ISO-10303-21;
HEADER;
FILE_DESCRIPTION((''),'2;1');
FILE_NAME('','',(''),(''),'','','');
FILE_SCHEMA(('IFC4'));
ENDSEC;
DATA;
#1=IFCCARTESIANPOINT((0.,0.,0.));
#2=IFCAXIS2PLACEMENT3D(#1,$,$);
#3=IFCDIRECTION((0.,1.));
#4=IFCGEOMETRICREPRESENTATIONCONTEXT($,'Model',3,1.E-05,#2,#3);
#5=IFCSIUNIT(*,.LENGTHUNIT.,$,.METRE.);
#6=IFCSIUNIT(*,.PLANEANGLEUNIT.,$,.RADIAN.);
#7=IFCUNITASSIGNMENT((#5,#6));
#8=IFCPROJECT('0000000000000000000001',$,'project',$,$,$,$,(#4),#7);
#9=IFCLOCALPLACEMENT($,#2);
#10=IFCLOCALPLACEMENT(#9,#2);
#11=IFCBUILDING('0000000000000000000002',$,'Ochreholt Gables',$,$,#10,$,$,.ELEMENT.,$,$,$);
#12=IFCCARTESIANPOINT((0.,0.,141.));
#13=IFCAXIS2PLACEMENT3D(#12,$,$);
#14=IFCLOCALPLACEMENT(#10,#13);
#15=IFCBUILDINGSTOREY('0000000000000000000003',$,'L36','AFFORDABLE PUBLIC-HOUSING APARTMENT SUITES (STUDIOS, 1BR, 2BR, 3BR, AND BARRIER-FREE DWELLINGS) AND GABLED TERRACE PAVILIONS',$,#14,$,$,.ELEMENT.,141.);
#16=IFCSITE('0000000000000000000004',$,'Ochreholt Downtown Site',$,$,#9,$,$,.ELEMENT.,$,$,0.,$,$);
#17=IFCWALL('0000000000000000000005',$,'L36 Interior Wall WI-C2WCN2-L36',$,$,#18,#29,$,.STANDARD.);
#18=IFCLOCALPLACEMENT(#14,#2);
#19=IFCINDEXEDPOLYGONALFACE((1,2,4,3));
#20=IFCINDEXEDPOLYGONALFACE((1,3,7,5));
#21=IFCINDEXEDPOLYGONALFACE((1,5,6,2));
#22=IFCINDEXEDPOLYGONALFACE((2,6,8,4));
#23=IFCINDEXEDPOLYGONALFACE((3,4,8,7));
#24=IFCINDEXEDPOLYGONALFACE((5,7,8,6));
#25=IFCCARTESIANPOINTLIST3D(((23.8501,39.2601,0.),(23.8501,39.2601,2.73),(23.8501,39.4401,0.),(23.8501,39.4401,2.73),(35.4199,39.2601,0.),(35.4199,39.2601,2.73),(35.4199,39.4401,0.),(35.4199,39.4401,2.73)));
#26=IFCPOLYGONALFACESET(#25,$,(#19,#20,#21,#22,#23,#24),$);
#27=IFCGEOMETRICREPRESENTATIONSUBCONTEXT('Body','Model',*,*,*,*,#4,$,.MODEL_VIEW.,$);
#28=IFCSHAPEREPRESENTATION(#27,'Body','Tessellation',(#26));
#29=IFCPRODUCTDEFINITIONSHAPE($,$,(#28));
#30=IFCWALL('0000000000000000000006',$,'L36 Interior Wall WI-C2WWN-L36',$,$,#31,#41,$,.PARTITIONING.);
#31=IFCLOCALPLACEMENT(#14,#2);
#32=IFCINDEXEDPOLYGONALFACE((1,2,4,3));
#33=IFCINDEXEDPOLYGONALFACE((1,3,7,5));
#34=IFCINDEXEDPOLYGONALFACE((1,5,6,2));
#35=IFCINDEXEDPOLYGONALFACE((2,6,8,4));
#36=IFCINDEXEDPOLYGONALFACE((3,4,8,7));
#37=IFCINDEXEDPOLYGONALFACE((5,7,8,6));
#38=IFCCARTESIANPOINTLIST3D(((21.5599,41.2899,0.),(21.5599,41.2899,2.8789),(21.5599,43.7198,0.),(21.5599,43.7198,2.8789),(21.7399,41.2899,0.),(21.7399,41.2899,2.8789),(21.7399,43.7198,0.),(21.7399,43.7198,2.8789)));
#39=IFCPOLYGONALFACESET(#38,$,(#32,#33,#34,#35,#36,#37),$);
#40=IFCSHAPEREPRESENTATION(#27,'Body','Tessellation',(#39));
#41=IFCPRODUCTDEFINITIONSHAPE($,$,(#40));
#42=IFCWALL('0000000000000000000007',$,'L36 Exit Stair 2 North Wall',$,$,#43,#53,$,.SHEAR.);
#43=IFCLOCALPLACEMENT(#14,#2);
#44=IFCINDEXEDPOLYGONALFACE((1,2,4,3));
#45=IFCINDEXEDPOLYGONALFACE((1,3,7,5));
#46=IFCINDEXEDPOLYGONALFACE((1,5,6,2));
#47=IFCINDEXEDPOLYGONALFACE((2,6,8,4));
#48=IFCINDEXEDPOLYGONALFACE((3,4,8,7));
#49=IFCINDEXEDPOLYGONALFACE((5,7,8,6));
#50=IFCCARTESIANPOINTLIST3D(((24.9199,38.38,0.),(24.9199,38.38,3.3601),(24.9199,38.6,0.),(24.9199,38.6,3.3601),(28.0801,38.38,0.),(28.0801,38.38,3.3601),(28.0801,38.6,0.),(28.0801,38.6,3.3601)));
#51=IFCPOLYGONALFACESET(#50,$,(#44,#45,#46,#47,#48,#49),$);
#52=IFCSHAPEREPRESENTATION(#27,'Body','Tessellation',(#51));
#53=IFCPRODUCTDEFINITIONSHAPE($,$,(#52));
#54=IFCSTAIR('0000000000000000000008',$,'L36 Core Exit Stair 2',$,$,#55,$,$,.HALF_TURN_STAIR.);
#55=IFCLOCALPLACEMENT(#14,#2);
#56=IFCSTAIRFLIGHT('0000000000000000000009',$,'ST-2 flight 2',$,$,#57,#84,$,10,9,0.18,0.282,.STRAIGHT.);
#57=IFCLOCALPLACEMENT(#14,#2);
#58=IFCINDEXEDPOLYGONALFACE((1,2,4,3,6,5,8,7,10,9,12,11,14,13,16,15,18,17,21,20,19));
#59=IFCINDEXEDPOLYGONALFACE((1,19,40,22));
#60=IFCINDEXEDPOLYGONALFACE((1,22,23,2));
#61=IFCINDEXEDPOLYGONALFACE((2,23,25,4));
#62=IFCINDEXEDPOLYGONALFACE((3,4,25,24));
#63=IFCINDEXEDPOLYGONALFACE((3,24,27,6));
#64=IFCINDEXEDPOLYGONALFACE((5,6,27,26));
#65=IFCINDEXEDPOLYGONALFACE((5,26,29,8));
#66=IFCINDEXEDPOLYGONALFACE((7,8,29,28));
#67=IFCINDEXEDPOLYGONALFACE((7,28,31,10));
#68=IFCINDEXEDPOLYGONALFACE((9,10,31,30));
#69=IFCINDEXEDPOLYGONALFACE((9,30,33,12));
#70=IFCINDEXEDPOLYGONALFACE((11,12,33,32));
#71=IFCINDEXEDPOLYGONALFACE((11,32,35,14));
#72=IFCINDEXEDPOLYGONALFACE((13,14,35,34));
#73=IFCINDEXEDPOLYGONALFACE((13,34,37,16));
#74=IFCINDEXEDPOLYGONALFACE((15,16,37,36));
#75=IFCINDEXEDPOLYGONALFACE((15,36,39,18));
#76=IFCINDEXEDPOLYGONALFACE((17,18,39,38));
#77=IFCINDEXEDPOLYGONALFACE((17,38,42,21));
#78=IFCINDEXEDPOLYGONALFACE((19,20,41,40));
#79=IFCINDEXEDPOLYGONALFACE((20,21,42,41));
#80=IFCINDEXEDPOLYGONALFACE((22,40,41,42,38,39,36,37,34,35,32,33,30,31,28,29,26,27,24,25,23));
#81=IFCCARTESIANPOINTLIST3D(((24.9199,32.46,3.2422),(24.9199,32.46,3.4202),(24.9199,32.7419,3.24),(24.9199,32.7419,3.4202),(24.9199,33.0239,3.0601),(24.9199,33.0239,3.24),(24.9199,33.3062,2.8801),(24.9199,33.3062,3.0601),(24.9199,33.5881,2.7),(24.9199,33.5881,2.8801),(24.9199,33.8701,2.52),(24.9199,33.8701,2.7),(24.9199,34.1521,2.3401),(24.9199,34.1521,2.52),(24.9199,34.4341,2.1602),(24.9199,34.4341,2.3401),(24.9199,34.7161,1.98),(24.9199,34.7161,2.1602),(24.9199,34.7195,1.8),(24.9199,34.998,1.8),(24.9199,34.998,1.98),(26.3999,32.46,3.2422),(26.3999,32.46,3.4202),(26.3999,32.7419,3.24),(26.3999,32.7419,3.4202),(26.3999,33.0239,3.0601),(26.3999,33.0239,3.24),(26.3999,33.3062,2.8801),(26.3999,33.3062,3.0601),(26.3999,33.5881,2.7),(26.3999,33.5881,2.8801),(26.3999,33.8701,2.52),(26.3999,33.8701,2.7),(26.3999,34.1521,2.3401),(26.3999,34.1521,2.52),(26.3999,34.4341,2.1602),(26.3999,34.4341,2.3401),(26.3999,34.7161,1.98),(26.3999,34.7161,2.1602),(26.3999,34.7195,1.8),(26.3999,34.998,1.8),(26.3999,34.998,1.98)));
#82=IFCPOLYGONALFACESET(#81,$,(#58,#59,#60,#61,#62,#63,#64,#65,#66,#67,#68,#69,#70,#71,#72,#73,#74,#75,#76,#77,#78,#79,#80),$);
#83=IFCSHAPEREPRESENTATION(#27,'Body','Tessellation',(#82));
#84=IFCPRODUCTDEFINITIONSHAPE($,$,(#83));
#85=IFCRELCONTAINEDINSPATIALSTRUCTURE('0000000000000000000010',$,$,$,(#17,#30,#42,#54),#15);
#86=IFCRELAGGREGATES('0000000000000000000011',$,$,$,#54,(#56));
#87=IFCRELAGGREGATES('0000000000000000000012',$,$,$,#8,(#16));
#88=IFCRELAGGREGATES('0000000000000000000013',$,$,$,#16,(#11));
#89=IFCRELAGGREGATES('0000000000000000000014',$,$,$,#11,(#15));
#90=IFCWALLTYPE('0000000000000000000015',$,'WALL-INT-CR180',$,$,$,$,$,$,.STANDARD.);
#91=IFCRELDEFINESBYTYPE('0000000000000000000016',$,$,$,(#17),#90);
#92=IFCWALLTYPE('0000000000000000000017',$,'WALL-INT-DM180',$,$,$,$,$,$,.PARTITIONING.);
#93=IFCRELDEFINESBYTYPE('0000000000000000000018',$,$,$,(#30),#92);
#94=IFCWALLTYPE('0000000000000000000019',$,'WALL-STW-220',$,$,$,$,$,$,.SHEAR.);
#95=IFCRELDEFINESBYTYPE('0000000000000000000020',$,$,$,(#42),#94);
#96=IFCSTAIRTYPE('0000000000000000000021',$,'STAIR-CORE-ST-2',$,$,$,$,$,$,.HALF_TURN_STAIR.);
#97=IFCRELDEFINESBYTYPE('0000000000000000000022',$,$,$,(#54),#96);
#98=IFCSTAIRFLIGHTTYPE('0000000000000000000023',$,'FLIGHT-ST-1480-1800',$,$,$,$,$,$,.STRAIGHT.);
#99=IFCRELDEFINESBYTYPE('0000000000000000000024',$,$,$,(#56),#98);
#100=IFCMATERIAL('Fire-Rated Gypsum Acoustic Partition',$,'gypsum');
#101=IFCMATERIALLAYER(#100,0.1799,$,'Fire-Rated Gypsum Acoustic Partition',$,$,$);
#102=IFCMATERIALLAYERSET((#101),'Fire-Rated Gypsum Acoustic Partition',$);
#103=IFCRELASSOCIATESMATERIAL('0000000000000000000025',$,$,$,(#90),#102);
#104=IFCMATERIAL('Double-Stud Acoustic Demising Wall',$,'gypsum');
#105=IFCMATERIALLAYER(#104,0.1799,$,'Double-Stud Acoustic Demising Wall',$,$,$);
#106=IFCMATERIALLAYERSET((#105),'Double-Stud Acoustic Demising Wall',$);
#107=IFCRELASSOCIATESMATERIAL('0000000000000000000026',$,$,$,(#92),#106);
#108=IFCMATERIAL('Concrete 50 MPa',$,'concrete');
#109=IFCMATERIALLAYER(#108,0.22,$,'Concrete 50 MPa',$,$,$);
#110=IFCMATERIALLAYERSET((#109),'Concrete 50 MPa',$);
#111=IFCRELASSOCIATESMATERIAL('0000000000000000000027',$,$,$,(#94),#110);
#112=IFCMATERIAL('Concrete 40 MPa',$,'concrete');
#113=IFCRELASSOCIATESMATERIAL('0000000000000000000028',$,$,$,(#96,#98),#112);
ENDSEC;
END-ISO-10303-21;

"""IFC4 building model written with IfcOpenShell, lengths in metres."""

from ifc_helpers import new_model, si_unit, direction, frame, frame_2d, origin, place, context, subcontext, project, spatial, polyline, rectangle, outline, extrude, material, layer, layer_set, type_object, element, aggregate, save


model = new_model("IFC4")

# Units and contexts
model_context = context("Model", 3, precision=1e-05, world=origin(), true_north=direction((0.0, 1.0)))
body_context = subcontext(model_context, "Body", "Model", "MODEL_VIEW")
ifc_project = project(units=[si_unit("LENGTHUNIT", "METRE"), si_unit("PLANEANGLEUNIT", "RADIAN")], contexts=[model_context])

# Site, building, storey
site_placement = place(None, origin())
site = spatial("IfcSite", under=ifc_project, at=site_placement, Name="Ochreholt Downtown Site", CompositionType="ELEMENT", RefElevation=0.0)
building_placement = place(site_placement, origin())
building = spatial("IfcBuilding", under=site, at=building_placement, Name="Ochreholt Gables", CompositionType="ELEMENT")
storey_placement = place(building_placement, frame((0.0, 0.0, 141.0)))
storey = spatial("IfcBuildingStorey", under=building, at=storey_placement, Name="L36", Description="AFFORDABLE PUBLIC-HOUSING APARTMENT SUITES (STUDIOS, 1BR, 2BR, 3BR, AND BARRIER-FREE DWELLINGS) AND GABLED TERRACE PAVILIONS", CompositionType="ELEMENT", Elevation=141.0)

# Shared definitions
ifc_material_1 = material(Name="Concrete 50 MPa", Category="concrete")

# Shared definitions
ifc_material_2 = material(Name="Fire-Rated Gypsum Acoustic Partition", Category="gypsum")
ifc_layer_1 = layer(ifc_material_2, 0.1799, Name="Fire-Rated Gypsum Acoustic Partition")
ifc_layer_set_1 = layer_set([ifc_layer_1], Name="Fire-Rated Gypsum Acoustic Partition")
wall_type_1 = type_object("IfcWallType", Name="WALL-INT-CR180", PredefinedType="STANDARD", material=ifc_layer_set_1)

# Walls
wall_1_placement = place(storey_placement, frame((23.8501, 39.3501, 0.0), z_axis=(0.0, 0.0, 1.0), x_axis=(1.0, 0.0, 0.0)))
element("IfcWall", 1, at=wall_1_placement, inside=storey, type_object=wall_type_1, Name="L36 Interior Wall WI-C2WCN2-L36", PredefinedType="STANDARD", context=body_context, shape_type="SweptSolid", body=[
    extrude(rectangle(XDim=11.5698, YDim=0.1799, at=frame_2d((5.7849, 0.0))), origin(), (0.0, 0.0, 1.0), 2.73),
])
ifc_material_3 = material(Name="Double-Stud Acoustic Demising Wall", Category="gypsum")
ifc_layer_2 = layer(ifc_material_3, 0.1799, Name="Double-Stud Acoustic Demising Wall")
ifc_layer_set_2 = layer_set([ifc_layer_2], Name="Double-Stud Acoustic Demising Wall")
wall_type_2 = type_object("IfcWallType", Name="WALL-INT-DM180", PredefinedType="PARTITIONING", material=ifc_layer_set_2)
wall_2_placement = place(storey_placement, frame((21.6499, 41.29, 0.0), z_axis=(0.0, 0.0, 1.0), x_axis=(0.0, 1.0, 0.0)))
element("IfcWall", 2, at=wall_2_placement, inside=storey, type_object=wall_type_2, Name="L36 Interior Wall WI-C2WWN-L36", PredefinedType="PARTITIONING", context=body_context, shape_type="SweptSolid", body=[
    extrude(rectangle(XDim=2.4299, YDim=0.1799, at=frame_2d((1.2148, 0.0))), origin(), (0.0, 0.0, 1.0), 2.8789),
])
ifc_layer_3 = layer(ifc_material_1, 0.22, Name="Concrete 50 MPa")
ifc_layer_set_3 = layer_set([ifc_layer_3], Name="Concrete 50 MPa")
wall_type_3 = type_object("IfcWallType", Name="WALL-STW-220", PredefinedType="SHEAR", material=ifc_layer_set_3)
wall_3_placement = place(storey_placement, frame((24.9199, 38.49, 0.0), z_axis=(0.0, 0.0, 1.0), x_axis=(1.0, 0.0, 0.0)))
element("IfcWall", 3, at=wall_3_placement, inside=storey, type_object=wall_type_3, Name="L36 Exit Stair 2 North Wall", PredefinedType="SHEAR", context=body_context, shape_type="SweptSolid", body=[
    extrude(rectangle(XDim=3.1602, YDim=0.22, at=frame_2d((1.5801, 0.0))), origin(), (0.0, 0.0, 1.0), 3.3601),
])

# Stair, stair flight
ifc_material_4 = material(Name="Concrete 40 MPa", Category="concrete")
stair_type = type_object("IfcStairType", Name="STAIR-CORE-ST-2", PredefinedType="HALF_TURN_STAIR", material=ifc_material_4)
stair_placement = place(storey_placement, origin())
stair = element("IfcStair", 4, at=stair_placement, inside=storey, type_object=stair_type, Name="L36 Core Exit Stair 2", PredefinedType="HALF_TURN_STAIR")
stair_flight_type = type_object("IfcStairFlightType", Name="FLIGHT-ST-1480-1800", PredefinedType="STRAIGHT", material=ifc_material_4)
stair_flight_placement = place(storey_placement, frame((25.6599, 34.998, 1.8), z_axis=(0.0, 0.0, 1.0), x_axis=(0.0, -1.0, 0.0)))
stair_flight = element("IfcStairFlight", 5, at=stair_flight_placement, type_object=stair_flight_type, Name="ST-2 flight 2", NumberOfRisers=10, NumberOfTreads=9, PredefinedType="STRAIGHT", RiserHeight=0.18, TreadLength=0.282, context=body_context, shape_type="SweptSolid", body=[
    extrude(outline(polyline([(0.0, 0.0), (0.0, 0.1799), (0.282, 0.1799), (0.282, 0.3601), (0.564, 0.3601), (0.564, 0.54), (0.8459, 0.54), (0.8459, 0.72), (1.1279, 0.72), (1.1279, 0.8999), (1.4099, 0.8999), (1.4099, 1.0801), (1.6919, 1.0801), (1.6919, 1.26), (1.9741, 1.26), (1.9741, 1.4399), (2.2561, 1.4399), (2.2561, 1.6201), (2.5381, 1.6201), (2.5381, 1.8), (2.5381, 1.4421), (0.2786, 0.0), (0.0, 0.0)])), frame((0.0, 0.74, 0.0), z_axis=(0.0, -1.0, 0.0), x_axis=(1.0, 0.0, 0.0)), (0.0, 0.0, 1.0), 1.48),
])
aggregate(stair, [stair_flight])

save(model, "model.ifc")
